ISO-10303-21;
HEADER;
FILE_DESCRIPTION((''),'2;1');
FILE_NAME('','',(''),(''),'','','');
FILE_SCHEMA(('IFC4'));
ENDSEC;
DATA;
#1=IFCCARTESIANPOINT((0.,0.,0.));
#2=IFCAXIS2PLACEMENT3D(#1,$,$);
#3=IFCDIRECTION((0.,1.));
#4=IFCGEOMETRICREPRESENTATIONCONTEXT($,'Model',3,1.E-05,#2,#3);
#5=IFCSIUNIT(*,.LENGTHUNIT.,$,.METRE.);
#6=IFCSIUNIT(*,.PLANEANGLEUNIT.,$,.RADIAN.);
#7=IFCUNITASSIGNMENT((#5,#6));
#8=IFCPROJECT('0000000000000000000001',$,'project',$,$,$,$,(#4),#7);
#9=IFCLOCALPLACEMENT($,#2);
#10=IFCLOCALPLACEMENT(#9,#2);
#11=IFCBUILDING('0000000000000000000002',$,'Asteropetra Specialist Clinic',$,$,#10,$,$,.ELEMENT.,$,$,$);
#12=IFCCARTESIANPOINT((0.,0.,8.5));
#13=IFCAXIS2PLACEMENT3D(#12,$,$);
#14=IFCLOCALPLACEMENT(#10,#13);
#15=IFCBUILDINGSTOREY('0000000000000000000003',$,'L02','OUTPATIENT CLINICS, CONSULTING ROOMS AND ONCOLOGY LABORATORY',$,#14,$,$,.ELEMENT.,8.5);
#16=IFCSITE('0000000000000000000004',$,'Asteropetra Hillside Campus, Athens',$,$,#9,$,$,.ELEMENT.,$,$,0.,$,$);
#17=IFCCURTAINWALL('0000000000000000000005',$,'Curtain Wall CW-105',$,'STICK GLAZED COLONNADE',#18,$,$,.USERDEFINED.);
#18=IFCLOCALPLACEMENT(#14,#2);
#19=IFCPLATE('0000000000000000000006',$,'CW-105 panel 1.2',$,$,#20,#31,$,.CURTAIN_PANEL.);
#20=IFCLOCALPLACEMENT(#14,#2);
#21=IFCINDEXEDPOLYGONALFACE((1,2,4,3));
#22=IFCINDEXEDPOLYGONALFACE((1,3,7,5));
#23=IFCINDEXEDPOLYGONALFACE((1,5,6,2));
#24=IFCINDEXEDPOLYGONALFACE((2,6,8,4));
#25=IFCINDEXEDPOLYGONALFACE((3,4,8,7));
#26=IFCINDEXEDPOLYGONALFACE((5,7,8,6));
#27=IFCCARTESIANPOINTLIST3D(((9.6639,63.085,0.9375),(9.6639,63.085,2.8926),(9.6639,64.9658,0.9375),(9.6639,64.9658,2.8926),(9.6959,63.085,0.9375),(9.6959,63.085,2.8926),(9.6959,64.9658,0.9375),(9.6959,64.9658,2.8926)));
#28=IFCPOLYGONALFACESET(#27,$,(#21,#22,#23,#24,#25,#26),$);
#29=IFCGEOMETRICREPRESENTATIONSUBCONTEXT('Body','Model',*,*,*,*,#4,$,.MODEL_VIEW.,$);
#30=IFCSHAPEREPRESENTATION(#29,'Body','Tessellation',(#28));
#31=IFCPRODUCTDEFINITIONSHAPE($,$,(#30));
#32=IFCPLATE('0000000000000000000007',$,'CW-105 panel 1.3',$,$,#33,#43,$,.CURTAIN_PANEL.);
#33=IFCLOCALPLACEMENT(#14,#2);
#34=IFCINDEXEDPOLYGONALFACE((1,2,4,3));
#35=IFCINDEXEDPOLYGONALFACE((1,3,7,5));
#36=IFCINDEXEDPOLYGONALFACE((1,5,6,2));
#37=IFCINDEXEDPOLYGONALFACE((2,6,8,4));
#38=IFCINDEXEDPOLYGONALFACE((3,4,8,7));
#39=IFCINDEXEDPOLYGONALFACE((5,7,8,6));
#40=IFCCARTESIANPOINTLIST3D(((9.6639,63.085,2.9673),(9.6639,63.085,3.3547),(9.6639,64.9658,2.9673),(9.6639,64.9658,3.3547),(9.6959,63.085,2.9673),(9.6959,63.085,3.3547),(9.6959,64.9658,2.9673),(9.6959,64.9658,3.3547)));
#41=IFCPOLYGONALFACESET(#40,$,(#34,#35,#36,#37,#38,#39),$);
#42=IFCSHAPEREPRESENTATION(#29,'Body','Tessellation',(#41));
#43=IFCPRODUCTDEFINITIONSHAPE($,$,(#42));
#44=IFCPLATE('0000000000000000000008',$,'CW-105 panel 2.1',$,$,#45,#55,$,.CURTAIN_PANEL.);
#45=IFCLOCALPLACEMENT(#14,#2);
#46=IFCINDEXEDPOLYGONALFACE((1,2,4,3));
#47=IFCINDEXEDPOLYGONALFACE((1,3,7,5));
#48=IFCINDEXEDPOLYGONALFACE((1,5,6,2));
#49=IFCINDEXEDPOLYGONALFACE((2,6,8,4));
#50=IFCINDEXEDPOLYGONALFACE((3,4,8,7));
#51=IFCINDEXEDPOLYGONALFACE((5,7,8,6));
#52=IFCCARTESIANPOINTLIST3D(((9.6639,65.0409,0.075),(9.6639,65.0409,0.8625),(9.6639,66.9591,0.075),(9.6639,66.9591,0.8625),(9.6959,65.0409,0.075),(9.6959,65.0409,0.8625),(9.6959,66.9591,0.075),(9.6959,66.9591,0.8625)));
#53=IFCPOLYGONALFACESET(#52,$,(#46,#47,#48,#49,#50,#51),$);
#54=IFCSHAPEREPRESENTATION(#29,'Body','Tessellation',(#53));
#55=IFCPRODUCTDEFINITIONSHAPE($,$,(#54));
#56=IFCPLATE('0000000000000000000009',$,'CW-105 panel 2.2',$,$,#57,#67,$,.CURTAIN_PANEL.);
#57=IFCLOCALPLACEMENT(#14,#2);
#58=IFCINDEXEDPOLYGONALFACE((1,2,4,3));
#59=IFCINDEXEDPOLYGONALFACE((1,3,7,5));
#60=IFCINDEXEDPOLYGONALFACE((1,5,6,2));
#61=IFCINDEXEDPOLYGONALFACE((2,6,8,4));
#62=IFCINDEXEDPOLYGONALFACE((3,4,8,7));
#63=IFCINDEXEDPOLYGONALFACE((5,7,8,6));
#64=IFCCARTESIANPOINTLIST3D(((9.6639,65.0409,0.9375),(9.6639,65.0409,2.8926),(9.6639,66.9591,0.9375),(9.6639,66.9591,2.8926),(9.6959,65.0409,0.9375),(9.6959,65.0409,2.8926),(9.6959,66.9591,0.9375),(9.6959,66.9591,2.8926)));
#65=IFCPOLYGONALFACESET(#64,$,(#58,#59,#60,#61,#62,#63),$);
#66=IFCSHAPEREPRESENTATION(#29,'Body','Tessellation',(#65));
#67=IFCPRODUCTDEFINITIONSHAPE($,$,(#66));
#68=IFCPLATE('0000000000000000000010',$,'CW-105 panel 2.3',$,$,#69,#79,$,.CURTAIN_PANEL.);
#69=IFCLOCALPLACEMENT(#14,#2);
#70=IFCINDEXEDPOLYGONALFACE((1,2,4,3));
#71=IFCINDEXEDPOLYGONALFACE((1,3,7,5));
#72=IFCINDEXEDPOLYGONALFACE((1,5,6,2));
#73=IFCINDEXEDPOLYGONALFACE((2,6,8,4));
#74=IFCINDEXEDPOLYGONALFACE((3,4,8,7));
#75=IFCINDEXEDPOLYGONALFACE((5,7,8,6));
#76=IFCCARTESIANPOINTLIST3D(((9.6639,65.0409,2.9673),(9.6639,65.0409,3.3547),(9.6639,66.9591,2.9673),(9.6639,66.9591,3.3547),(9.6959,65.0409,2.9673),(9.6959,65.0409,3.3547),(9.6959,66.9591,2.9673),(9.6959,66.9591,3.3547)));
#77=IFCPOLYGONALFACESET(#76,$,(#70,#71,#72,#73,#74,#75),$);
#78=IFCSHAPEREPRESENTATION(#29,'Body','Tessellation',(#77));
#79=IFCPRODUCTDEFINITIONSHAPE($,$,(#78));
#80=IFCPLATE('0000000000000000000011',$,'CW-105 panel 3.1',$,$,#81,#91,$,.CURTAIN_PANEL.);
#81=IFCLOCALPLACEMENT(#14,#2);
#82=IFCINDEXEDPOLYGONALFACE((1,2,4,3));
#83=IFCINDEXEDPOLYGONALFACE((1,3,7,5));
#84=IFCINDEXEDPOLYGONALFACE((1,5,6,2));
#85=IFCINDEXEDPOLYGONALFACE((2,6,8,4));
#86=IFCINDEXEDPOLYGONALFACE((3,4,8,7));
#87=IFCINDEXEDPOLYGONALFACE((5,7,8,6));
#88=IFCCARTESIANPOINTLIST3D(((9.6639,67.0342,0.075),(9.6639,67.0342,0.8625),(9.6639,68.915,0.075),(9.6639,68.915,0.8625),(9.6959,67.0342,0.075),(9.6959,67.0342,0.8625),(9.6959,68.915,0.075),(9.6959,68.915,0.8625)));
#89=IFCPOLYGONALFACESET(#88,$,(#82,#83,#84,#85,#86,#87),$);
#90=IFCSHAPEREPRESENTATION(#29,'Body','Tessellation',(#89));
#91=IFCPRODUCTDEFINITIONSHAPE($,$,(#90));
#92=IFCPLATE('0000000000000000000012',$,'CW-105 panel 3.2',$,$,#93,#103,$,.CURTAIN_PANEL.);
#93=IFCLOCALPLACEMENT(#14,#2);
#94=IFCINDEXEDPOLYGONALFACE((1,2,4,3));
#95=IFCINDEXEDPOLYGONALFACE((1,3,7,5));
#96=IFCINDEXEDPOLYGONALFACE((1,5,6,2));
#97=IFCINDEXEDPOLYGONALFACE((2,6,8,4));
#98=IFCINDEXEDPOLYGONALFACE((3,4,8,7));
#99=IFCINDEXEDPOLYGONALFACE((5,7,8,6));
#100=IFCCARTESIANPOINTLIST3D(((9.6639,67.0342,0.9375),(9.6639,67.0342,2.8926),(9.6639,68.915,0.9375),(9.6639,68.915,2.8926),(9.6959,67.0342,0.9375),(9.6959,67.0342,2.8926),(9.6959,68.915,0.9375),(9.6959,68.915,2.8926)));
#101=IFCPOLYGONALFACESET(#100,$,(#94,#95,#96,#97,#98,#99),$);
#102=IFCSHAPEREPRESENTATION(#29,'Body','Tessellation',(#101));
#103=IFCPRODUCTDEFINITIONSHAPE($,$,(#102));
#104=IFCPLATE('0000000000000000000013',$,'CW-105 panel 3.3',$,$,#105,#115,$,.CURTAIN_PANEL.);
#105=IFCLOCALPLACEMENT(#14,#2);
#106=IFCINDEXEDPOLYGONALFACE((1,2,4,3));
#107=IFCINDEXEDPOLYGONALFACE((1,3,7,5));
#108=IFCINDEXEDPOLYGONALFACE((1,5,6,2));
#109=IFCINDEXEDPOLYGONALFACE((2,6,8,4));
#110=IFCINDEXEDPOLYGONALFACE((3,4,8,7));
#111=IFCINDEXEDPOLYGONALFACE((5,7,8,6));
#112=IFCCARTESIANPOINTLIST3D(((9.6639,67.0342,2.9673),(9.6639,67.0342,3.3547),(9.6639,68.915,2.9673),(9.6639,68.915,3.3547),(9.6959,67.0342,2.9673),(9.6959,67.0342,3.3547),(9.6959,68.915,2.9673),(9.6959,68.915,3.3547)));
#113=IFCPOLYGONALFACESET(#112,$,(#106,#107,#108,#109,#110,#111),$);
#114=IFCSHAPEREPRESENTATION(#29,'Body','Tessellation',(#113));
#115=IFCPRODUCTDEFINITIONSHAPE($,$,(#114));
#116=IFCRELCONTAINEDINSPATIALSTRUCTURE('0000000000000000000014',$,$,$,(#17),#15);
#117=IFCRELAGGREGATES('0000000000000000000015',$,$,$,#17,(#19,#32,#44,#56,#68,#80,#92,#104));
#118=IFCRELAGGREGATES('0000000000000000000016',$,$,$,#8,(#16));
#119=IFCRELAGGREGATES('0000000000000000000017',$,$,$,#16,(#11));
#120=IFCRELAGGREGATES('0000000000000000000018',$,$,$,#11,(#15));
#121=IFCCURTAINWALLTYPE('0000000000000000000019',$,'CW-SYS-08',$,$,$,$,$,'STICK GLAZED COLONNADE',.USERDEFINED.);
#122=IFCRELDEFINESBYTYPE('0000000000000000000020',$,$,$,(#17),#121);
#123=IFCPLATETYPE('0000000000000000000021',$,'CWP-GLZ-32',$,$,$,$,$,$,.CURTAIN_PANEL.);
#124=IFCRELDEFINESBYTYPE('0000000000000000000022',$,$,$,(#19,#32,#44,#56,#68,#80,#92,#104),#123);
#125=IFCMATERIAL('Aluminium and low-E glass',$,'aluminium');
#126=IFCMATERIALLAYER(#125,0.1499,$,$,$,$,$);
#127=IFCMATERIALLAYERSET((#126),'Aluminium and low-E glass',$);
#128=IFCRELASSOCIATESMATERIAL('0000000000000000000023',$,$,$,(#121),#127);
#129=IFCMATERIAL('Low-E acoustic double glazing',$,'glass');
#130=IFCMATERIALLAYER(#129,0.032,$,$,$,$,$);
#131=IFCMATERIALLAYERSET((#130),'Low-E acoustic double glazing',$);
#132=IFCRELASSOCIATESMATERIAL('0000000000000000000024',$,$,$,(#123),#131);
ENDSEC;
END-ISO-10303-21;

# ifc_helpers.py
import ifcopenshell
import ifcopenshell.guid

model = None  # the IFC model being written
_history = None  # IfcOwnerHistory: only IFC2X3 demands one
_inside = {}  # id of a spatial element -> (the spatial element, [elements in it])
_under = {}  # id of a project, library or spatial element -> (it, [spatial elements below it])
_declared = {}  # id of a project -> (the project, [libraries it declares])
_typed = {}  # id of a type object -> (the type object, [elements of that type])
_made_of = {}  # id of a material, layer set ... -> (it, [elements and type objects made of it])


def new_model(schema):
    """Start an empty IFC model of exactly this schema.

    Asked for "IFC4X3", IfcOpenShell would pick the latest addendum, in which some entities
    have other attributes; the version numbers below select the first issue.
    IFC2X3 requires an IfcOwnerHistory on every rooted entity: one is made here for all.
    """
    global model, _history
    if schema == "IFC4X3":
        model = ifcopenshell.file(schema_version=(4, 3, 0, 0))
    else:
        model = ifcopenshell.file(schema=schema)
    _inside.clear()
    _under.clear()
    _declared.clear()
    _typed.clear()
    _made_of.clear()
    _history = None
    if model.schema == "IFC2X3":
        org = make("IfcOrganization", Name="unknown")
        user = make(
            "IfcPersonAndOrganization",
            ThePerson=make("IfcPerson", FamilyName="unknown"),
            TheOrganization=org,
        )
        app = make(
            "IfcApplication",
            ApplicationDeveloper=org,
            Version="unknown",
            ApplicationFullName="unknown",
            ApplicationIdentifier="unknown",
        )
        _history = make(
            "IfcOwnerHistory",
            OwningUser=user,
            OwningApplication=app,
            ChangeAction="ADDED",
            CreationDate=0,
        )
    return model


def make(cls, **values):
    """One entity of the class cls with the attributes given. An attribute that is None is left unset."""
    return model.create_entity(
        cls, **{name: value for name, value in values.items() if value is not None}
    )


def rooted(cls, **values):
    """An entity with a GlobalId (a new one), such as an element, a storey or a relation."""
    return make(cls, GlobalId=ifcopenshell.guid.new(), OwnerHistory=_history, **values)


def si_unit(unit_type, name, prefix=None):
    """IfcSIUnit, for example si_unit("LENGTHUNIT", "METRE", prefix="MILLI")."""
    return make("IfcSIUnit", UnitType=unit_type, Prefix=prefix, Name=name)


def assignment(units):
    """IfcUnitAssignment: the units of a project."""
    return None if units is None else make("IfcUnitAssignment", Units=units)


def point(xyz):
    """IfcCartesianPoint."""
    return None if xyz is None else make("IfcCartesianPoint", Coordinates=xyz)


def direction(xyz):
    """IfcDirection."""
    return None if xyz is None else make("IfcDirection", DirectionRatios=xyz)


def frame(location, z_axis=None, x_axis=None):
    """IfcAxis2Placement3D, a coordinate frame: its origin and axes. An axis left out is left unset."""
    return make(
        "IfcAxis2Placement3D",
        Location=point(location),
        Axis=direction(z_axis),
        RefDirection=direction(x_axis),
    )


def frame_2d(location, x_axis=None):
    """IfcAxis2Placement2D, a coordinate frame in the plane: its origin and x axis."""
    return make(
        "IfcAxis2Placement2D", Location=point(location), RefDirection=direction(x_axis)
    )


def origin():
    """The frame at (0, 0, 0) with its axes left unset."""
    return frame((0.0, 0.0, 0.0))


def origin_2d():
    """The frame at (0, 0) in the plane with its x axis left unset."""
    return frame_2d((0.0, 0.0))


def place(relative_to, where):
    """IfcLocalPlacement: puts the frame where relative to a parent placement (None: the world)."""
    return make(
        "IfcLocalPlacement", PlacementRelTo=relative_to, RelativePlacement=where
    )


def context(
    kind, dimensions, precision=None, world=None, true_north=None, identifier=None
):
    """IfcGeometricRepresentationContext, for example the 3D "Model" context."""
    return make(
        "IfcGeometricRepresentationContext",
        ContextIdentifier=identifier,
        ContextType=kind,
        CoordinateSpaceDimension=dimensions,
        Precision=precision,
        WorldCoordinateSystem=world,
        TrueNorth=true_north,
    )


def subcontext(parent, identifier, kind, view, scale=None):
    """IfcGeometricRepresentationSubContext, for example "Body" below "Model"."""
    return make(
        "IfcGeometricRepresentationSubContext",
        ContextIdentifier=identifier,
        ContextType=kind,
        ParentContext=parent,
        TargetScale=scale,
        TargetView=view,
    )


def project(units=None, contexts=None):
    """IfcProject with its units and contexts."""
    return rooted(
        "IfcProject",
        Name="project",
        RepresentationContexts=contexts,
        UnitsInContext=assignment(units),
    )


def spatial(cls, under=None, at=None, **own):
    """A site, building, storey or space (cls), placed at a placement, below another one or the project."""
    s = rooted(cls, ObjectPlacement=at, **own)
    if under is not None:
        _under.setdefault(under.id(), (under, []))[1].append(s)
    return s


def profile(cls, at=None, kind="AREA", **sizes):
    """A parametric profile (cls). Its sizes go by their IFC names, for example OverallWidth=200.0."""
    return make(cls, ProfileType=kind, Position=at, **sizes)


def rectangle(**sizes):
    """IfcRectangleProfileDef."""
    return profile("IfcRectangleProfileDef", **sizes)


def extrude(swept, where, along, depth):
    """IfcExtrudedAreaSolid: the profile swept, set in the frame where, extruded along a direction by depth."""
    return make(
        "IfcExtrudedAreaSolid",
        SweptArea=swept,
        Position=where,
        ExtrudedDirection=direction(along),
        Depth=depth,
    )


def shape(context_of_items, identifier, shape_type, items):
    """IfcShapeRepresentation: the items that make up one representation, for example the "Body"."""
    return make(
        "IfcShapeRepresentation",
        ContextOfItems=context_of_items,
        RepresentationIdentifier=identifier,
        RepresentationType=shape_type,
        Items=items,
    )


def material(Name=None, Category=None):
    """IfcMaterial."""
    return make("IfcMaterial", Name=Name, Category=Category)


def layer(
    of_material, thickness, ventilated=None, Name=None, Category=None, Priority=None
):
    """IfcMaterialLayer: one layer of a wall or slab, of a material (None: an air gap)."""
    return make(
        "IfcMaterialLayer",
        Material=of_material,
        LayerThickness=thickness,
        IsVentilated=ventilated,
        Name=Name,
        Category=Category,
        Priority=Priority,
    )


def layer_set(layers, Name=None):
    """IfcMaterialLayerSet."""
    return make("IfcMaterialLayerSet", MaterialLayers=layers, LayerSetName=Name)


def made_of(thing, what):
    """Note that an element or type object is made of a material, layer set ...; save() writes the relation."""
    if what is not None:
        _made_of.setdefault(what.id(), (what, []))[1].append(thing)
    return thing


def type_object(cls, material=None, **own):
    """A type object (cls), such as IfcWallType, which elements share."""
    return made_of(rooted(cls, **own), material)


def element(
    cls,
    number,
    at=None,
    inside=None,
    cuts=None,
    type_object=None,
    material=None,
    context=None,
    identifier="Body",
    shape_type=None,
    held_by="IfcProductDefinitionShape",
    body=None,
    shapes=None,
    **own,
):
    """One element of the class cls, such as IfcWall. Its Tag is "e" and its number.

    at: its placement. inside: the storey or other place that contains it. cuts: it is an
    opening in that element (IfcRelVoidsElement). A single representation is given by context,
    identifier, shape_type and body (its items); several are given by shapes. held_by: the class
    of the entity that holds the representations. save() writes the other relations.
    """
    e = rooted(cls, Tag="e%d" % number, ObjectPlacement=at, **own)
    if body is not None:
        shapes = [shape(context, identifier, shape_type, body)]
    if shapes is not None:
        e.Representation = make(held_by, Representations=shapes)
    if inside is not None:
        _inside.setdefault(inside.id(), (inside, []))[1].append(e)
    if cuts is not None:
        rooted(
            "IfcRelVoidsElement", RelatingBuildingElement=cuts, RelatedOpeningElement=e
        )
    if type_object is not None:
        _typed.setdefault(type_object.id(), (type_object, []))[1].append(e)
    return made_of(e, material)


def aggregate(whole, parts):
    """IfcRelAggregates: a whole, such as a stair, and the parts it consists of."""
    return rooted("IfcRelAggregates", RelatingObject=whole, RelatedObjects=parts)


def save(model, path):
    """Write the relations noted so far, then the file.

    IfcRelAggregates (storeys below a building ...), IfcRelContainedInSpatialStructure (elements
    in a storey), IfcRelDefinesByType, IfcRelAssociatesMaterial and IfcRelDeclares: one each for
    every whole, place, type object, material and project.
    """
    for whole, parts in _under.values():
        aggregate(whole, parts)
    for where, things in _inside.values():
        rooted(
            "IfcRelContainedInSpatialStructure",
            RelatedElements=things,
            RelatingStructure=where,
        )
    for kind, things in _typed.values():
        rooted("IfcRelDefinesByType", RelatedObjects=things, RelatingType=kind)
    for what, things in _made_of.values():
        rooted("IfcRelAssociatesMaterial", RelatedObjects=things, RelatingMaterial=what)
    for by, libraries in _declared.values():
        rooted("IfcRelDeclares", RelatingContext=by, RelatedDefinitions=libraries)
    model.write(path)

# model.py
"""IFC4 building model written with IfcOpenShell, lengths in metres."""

from ifc_helpers import new_model, si_unit, direction, frame, origin, origin_2d, place, context, subcontext, project, spatial, rectangle, extrude, material, layer, layer_set, type_object, element, aggregate, save


model = new_model("IFC4")

# Units and contexts
model_context = context("Model", 3, precision=1e-05, world=origin(), true_north=direction((0.0, 1.0)))
body_context = subcontext(model_context, "Body", "Model", "MODEL_VIEW")
ifc_project = project(units=[si_unit("LENGTHUNIT", "METRE"), si_unit("PLANEANGLEUNIT", "RADIAN")], contexts=[model_context])

# Site, building, storey
site_placement = place(None, origin())
site = spatial("IfcSite", under=ifc_project, at=site_placement, Name="Asteropetra Hillside Campus, Athens", CompositionType="ELEMENT", RefElevation=0.0)
building_placement = place(site_placement, origin())
building = spatial("IfcBuilding", under=site, at=building_placement, Name="Asteropetra Specialist Clinic", CompositionType="ELEMENT")
storey_placement = place(building_placement, frame((0.0, 0.0, 8.5)))
storey = spatial("IfcBuildingStorey", under=building, at=storey_placement, Name="L02", Description="OUTPATIENT CLINICS, CONSULTING ROOMS AND ONCOLOGY LABORATORY", CompositionType="ELEMENT", Elevation=8.5)

# Curtain wall
ifc_material_1 = material(Name="Aluminium and low-E glass", Category="aluminium")
ifc_layer_1 = layer(ifc_material_1, 0.1499)
ifc_layer_set_1 = layer_set([ifc_layer_1], Name="Aluminium and low-E glass")
curtain_wall_type = type_object("IfcCurtainWallType", Name="CW-SYS-08", ElementType="STICK GLAZED COLONNADE", PredefinedType="USERDEFINED", material=ifc_layer_set_1)
curtain_wall_placement = place(storey_placement, origin())
curtain_wall = element("IfcCurtainWall", 1, at=curtain_wall_placement, inside=storey, type_object=curtain_wall_type, Name="Curtain Wall CW-105", ObjectType="STICK GLAZED COLONNADE", PredefinedType="USERDEFINED")

# Plates
ifc_material_2 = material(Name="Low-E acoustic double glazing", Category="glass")
ifc_layer_2 = layer(ifc_material_2, 0.032)
ifc_layer_set_2 = layer_set([ifc_layer_2], Name="Low-E acoustic double glazing")
plate_type = type_object("IfcPlateType", Name="CWP-GLZ-32", PredefinedType="CURTAIN_PANEL", material=ifc_layer_set_2)
plate_1_placement = place(storey_placement, frame((9.6799, 64.0254, 0.9375), z_axis=(0.0, 0.0, 1.0), x_axis=(0.0, 1.0, 0.0)))
plate_1 = element("IfcPlate", 2, at=plate_1_placement, type_object=plate_type, Name="CW-105 panel 1.2", PredefinedType="CURTAIN_PANEL", context=body_context, shape_type="SweptSolid", body=[
    extrude(rectangle(XDim=1.8809, YDim=0.032, at=origin_2d()), origin(), (0.0, 0.0, 1.0), 1.9551),
])
plate_2_placement = place(storey_placement, frame((9.6799, 64.0254, 2.9673), z_axis=(0.0, 0.0, 1.0), x_axis=(0.0, 1.0, 0.0)))
plate_2 = element("IfcPlate", 3, at=plate_2_placement, type_object=plate_type, Name="CW-105 panel 1.3", PredefinedType="CURTAIN_PANEL", context=body_context, shape_type="SweptSolid", body=[
    extrude(rectangle(XDim=1.8809, YDim=0.032, at=origin_2d()), origin(), (0.0, 0.0, 1.0), 0.3875),
])
plate_3_placement = place(storey_placement, frame((9.6799, 66.0, 0.075), z_axis=(0.0, 0.0, 1.0), x_axis=(0.0, 1.0, 0.0)))
plate_3 = element("IfcPlate", 4, at=plate_3_placement, type_object=plate_type, Name="CW-105 panel 2.1", PredefinedType="CURTAIN_PANEL", context=body_context, shape_type="SweptSolid", body=[
    extrude(rectangle(XDim=1.9182, YDim=0.032, at=origin_2d()), origin(), (0.0, 0.0, 1.0), 0.7876),
])
plate_4_placement = place(storey_placement, frame((9.6799, 66.0, 0.9375), z_axis=(0.0, 0.0, 1.0), x_axis=(0.0, 1.0, 0.0)))
plate_4 = element("IfcPlate", 5, at=plate_4_placement, type_object=plate_type, Name="CW-105 panel 2.2", PredefinedType="CURTAIN_PANEL", context=body_context, shape_type="SweptSolid", body=[
    extrude(rectangle(XDim=1.9182, YDim=0.032, at=origin_2d()), origin(), (0.0, 0.0, 1.0), 1.9551),
])
plate_5_placement = place(storey_placement, frame((9.6799, 66.0, 2.9673), z_axis=(0.0, 0.0, 1.0), x_axis=(0.0, 1.0, 0.0)))
plate_5 = element("IfcPlate", 6, at=plate_5_placement, type_object=plate_type, Name="CW-105 panel 2.3", PredefinedType="CURTAIN_PANEL", context=body_context, shape_type="SweptSolid", body=[
    extrude(rectangle(XDim=1.9182, YDim=0.032, at=origin_2d()), origin(), (0.0, 0.0, 1.0), 0.3875),
])
plate_6_placement = place(storey_placement, frame((9.6799, 67.9746, 0.075), z_axis=(0.0, 0.0, 1.0), x_axis=(0.0, 1.0, 0.0)))
plate_6 = element("IfcPlate", 7, at=plate_6_placement, type_object=plate_type, Name="CW-105 panel 3.1", PredefinedType="CURTAIN_PANEL", context=body_context, shape_type="SweptSolid", body=[
    extrude(rectangle(XDim=1.8809, YDim=0.032, at=origin_2d()), origin(), (0.0, 0.0, 1.0), 0.7876),
])
plate_7_placement = place(storey_placement, frame((9.6799, 67.9746, 0.9375), z_axis=(0.0, 0.0, 1.0), x_axis=(0.0, 1.0, 0.0)))
plate_7 = element("IfcPlate", 8, at=plate_7_placement, type_object=plate_type, Name="CW-105 panel 3.2", PredefinedType="CURTAIN_PANEL", context=body_context, shape_type="SweptSolid", body=[
    extrude(rectangle(XDim=1.8809, YDim=0.032, at=origin_2d()), origin(), (0.0, 0.0, 1.0), 1.9551),
])
plate_8_placement = place(storey_placement, frame((9.6799, 67.9746, 2.9673), z_axis=(0.0, 0.0, 1.0), x_axis=(0.0, 1.0, 0.0)))
plate_8 = element("IfcPlate", 9, at=plate_8_placement, type_object=plate_type, Name="CW-105 panel 3.3", PredefinedType="CURTAIN_PANEL", context=body_context, shape_type="SweptSolid", body=[
    extrude(rectangle(XDim=1.8809, YDim=0.032, at=origin_2d()), origin(), (0.0, 0.0, 1.0), 0.3875),
])
aggregate(curtain_wall, [plate_1, plate_2, plate_3, plate_4, plate_5, plate_6, plate_7, plate_8])

save(model, "model.ifc")
